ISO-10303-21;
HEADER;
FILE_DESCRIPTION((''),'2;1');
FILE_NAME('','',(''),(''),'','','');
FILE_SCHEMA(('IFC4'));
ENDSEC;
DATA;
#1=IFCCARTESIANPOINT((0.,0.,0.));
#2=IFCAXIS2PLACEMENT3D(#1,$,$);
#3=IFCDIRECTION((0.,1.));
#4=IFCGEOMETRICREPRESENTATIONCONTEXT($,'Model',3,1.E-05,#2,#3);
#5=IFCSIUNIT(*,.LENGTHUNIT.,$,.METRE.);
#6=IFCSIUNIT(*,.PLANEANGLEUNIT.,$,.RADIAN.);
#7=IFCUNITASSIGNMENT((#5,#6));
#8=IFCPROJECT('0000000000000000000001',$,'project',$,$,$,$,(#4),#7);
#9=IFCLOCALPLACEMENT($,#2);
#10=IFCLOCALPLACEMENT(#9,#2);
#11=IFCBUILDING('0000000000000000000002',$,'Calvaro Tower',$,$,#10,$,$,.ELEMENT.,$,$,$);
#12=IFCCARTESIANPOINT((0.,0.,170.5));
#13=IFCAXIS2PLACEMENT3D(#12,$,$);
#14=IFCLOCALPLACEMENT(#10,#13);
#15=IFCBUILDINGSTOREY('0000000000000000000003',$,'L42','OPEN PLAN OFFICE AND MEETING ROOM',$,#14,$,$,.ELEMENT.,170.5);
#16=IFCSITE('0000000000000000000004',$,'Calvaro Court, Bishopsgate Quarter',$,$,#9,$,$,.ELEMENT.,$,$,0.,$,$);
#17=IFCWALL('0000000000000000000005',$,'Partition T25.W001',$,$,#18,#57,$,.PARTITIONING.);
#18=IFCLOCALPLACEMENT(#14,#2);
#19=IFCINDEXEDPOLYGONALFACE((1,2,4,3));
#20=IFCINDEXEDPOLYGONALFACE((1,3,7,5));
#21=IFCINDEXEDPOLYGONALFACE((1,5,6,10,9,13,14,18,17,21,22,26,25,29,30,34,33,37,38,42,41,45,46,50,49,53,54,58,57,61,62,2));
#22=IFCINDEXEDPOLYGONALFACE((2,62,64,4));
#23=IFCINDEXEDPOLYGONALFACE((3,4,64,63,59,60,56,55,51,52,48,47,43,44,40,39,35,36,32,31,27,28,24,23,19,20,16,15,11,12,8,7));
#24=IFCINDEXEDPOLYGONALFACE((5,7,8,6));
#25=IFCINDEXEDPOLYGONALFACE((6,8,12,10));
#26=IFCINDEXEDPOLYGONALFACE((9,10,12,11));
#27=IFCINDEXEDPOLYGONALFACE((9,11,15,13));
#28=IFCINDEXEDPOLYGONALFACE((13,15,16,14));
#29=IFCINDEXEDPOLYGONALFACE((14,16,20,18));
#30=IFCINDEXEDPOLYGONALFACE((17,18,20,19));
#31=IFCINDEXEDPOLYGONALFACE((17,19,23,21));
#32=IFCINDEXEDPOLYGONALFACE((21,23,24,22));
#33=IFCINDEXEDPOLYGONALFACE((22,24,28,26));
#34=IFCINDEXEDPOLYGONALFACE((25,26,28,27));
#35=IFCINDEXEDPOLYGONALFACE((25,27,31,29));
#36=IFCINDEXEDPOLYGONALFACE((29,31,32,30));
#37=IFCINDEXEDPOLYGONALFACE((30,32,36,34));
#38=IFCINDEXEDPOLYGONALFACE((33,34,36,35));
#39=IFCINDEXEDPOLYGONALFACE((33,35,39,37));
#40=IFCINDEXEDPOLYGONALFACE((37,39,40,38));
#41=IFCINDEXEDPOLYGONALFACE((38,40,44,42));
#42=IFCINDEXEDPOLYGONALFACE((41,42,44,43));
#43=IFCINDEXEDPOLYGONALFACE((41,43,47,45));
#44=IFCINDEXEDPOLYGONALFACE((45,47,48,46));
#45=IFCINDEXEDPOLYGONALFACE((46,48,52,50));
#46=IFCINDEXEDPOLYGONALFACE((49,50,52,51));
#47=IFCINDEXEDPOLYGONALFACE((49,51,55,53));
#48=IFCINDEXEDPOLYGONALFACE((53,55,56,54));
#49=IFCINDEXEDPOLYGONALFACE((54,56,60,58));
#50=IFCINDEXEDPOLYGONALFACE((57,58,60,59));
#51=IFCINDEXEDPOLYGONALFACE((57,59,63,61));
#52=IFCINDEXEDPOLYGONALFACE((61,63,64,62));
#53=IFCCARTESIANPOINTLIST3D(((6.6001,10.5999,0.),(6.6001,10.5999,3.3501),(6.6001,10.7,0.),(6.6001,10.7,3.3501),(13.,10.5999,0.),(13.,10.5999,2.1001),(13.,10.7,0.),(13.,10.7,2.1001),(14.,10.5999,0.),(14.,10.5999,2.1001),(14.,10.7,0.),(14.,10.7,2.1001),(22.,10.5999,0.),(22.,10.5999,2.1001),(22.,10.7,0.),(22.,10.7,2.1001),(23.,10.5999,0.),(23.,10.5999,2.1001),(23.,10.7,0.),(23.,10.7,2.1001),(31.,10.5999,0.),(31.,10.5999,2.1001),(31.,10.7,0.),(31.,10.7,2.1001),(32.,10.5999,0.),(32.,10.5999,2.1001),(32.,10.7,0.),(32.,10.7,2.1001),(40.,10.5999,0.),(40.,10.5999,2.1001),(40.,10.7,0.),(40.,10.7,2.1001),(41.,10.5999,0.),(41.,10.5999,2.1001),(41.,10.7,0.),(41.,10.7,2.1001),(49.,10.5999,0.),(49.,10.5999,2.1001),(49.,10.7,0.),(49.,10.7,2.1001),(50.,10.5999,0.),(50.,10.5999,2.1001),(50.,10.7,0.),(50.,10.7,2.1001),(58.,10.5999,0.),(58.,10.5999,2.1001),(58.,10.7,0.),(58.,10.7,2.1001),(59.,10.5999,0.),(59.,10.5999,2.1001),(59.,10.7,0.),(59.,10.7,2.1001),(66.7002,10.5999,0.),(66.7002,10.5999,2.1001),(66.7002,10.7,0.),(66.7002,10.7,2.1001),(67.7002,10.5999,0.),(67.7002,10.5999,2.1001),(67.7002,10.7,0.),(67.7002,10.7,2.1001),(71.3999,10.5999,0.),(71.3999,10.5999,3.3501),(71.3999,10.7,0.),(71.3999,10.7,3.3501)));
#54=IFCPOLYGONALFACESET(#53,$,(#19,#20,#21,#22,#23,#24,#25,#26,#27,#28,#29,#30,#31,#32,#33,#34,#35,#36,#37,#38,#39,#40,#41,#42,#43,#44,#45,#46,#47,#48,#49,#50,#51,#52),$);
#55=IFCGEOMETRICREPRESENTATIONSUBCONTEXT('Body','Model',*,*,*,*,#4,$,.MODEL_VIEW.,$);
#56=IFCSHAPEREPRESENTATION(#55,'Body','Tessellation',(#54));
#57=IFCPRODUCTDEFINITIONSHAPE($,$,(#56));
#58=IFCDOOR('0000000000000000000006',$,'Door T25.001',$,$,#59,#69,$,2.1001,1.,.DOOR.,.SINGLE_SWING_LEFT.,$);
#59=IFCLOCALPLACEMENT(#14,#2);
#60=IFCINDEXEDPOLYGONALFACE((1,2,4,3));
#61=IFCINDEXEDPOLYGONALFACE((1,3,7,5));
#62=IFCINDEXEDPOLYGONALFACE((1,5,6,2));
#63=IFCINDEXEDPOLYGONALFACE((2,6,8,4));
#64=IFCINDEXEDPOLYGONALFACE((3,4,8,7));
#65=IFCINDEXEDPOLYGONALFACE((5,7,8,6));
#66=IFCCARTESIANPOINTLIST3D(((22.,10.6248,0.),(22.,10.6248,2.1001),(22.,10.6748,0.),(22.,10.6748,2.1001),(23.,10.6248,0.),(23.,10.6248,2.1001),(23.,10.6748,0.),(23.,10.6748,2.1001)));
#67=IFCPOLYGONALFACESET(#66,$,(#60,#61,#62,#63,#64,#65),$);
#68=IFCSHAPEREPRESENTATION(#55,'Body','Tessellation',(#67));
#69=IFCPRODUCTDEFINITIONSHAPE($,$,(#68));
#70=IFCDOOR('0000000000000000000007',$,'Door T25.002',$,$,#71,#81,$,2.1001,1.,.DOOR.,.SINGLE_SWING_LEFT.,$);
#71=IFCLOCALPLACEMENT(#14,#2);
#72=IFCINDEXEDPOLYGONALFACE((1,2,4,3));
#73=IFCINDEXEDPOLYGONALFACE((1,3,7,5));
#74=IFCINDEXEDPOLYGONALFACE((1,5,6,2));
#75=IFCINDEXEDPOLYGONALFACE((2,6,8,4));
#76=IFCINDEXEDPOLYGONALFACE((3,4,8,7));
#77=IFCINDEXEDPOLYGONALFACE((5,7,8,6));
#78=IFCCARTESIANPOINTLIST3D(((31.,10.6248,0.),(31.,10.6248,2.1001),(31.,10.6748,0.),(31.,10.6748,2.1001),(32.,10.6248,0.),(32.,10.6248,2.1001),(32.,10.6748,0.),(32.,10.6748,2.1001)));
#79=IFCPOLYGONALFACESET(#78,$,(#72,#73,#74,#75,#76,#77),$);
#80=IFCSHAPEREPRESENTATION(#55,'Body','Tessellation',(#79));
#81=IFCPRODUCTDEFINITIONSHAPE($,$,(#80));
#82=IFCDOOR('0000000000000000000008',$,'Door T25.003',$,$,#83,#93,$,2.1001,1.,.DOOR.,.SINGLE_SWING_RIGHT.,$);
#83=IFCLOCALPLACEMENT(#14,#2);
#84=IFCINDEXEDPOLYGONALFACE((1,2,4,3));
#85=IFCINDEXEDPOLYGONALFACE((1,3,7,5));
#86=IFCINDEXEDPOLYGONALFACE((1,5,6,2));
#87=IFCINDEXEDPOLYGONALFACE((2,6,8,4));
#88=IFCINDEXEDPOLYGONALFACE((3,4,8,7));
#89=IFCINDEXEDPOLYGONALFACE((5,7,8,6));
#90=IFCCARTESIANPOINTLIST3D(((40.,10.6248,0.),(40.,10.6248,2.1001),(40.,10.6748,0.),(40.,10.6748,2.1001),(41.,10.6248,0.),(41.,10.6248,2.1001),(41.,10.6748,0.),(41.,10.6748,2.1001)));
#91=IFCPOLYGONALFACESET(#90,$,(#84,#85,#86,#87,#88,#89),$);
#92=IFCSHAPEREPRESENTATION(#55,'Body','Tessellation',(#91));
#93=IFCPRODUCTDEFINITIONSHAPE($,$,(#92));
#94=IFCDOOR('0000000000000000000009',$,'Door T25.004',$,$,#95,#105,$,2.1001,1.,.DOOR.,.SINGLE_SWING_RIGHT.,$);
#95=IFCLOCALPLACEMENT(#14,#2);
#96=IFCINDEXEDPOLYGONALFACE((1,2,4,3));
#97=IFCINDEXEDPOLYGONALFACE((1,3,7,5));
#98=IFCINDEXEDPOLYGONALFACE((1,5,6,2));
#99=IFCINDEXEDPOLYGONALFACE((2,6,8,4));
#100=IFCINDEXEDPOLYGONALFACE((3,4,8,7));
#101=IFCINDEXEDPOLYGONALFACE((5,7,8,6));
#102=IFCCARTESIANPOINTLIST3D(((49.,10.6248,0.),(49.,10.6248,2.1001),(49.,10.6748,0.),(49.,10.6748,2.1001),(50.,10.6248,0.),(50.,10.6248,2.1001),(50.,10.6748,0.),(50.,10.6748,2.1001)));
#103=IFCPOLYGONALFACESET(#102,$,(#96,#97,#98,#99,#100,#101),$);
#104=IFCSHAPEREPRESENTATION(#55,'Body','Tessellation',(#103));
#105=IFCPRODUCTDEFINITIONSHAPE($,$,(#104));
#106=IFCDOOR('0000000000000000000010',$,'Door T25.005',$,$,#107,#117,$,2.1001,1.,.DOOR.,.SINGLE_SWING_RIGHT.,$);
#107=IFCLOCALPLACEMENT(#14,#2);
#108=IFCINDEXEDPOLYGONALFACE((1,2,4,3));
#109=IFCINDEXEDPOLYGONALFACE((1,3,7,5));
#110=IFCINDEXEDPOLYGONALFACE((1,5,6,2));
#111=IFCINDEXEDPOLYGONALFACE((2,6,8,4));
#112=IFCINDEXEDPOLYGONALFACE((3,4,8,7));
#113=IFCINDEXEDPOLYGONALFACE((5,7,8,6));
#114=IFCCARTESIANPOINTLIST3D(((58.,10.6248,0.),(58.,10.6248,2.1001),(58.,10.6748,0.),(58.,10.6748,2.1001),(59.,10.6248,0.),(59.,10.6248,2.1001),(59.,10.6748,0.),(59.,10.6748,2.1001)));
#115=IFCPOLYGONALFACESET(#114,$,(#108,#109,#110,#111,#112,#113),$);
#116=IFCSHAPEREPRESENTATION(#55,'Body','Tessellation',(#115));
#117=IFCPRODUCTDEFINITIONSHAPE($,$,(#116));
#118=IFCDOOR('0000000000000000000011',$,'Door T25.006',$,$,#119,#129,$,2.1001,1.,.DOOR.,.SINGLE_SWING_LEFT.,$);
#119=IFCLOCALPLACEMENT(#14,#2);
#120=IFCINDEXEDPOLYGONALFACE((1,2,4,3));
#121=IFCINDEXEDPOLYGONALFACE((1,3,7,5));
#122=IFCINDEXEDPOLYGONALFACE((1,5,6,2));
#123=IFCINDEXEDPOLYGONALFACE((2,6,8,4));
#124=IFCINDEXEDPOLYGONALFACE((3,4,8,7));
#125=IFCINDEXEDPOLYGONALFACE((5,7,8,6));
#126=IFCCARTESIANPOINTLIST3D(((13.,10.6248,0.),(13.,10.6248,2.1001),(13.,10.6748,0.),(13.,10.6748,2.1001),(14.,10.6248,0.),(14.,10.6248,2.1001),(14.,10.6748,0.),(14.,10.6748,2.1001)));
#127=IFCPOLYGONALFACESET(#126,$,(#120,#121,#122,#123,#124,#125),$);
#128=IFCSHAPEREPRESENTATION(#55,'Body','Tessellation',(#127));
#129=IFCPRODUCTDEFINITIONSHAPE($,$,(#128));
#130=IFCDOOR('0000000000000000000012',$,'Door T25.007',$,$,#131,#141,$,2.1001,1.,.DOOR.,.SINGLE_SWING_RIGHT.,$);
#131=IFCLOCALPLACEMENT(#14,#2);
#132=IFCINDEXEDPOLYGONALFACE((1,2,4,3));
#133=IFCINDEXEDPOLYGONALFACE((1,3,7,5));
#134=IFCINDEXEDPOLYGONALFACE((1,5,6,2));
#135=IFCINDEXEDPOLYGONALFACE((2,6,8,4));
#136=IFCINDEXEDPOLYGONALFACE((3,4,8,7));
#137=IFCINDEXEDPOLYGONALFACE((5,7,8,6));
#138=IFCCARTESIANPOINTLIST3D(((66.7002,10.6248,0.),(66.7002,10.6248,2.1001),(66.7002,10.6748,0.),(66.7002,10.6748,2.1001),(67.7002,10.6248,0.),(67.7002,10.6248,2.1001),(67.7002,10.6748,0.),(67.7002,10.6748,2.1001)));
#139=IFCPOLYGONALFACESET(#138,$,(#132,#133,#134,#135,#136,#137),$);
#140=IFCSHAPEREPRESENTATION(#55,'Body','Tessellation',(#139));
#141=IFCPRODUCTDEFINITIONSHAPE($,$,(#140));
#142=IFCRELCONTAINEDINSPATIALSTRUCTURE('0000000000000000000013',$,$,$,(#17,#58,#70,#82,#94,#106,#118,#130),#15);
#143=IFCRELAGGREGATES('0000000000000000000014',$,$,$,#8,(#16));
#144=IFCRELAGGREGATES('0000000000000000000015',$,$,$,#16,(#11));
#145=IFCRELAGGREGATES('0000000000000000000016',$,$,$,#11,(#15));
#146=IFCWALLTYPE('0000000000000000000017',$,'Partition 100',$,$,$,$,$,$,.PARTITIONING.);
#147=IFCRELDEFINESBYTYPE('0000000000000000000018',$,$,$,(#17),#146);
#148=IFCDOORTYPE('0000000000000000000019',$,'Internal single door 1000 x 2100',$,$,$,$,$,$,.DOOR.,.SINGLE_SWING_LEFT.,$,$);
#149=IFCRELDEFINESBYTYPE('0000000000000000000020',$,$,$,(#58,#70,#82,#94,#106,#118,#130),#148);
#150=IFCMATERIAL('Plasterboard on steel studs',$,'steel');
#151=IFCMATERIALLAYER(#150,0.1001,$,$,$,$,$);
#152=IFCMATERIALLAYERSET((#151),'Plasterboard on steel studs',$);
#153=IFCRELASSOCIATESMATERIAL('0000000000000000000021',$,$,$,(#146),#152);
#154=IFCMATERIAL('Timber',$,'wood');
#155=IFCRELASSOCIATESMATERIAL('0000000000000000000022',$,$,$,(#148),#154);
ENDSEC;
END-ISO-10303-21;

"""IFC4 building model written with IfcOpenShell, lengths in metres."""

from ifc_helpers import new_model, si_unit, direction, frame, frame_2d, origin, place, context, subcontext, project, spatial, rectangle, extrude, material, layer, layer_set, type_object, element, fill, save


model = new_model("IFC4")

# Units and contexts
model_context = context("Model", 3, precision=1e-05, world=origin(), true_north=direction((0.0, 1.0)))
body_context = subcontext(model_context, "Body", "Model", "MODEL_VIEW")
ifc_project = project(units=[si_unit("LENGTHUNIT", "METRE"), si_unit("PLANEANGLEUNIT", "RADIAN")], contexts=[model_context])

# Site, building, storey
site_placement = place(None, origin())
site = spatial("IfcSite", under=ifc_project, at=site_placement, Name="Calvaro Court, Bishopsgate Quarter", CompositionType="ELEMENT", RefElevation=0.0)
building_placement = place(site_placement, origin())
building = spatial("IfcBuilding", under=site, at=building_placement, Name="Calvaro Tower", CompositionType="ELEMENT")
storey_placement = place(building_placement, frame((0.0, 0.0, 170.5)))
storey = spatial("IfcBuildingStorey", under=building, at=storey_placement, Name="L42", Description="OPEN PLAN OFFICE AND MEETING ROOM", CompositionType="ELEMENT", Elevation=170.5)

# Wall, openings, doors
ifc_material_1 = material(Name="Plasterboard on steel studs", Category="steel")
ifc_layer_1 = layer(ifc_material_1, 0.1001)
ifc_layer_set_1 = layer_set([ifc_layer_1], Name="Plasterboard on steel studs")
wall_type_1 = type_object("IfcWallType", Name="Partition 100", PredefinedType="PARTITIONING", material=ifc_layer_set_1)
wall_1_placement = place(storey_placement, frame((6.6001, 10.6499, 0.0), z_axis=(0.0, 0.0, 1.0), x_axis=(1.0, 0.0, 0.0)))
wall_1 = element("IfcWall", 1, at=wall_1_placement, inside=storey, type_object=wall_type_1, Name="Partition T25.W001", PredefinedType="PARTITIONING", context=body_context, shape_type="SweptSolid", body=[
    extrude(rectangle(XDim=64.7998, YDim=0.1001, at=frame_2d((32.3999, 0.0))), origin(), (0.0, 0.0, 1.0), 3.3501),
])
opening_1_placement = place(wall_1_placement, frame((15.3999, 0.0, 0.0)))
opening_1 = element("IfcOpeningElement", 2, at=opening_1_placement, cuts=wall_1, PredefinedType="OPENING", context=body_context, shape_type="SweptSolid", body=[
    extrude(rectangle(XDim=1.0, YDim=2.1001, at=frame_2d((0.5, 1.05))), frame((0.0, 0.0601, 0.0), z_axis=(0.0, -1.0, 0.0), x_axis=(1.0, 0.0, 0.0)), (0.0, 0.0, 1.0), 0.1201),
])
opening_2_placement = place(wall_1_placement, frame((24.3999, 0.0, 0.0)))
opening_2 = element("IfcOpeningElement", 3, at=opening_2_placement, cuts=wall_1, PredefinedType="OPENING", context=body_context, shape_type="SweptSolid", body=[
    extrude(rectangle(XDim=1.0, YDim=2.1001, at=frame_2d((0.5, 1.05))), frame((0.0, 0.0601, 0.0), z_axis=(0.0, -1.0, 0.0), x_axis=(1.0, 0.0, 0.0)), (0.0, 0.0, 1.0), 0.1201),
])
opening_3_placement = place(wall_1_placement, frame((33.3999, 0.0, 0.0)))
opening_3 = element("IfcOpeningElement", 4, at=opening_3_placement, cuts=wall_1, PredefinedType="OPENING", context=body_context, shape_type="SweptSolid", body=[
    extrude(rectangle(XDim=1.0, YDim=2.1001, at=frame_2d((0.5, 1.05))), frame((0.0, 0.0601, 0.0), z_axis=(0.0, -1.0, 0.0), x_axis=(1.0, 0.0, 0.0)), (0.0, 0.0, 1.0), 0.1201),
])
opening_4_placement = place(wall_1_placement, frame((42.3999, 0.0, 0.0)))
opening_4 = element("IfcOpeningElement", 5, at=opening_4_placement, cuts=wall_1, PredefinedType="OPENING", context=body_context, shape_type="SweptSolid", body=[
    extrude(rectangle(XDim=1.0, YDim=2.1001, at=frame_2d((0.5, 1.05))), frame((0.0, 0.0601, 0.0), z_axis=(0.0, -1.0, 0.0), x_axis=(1.0, 0.0, 0.0)), (0.0, 0.0, 1.0), 0.1201),
])
opening_5_placement = place(wall_1_placement, frame((51.3999, 0.0, 0.0)))
opening_5 = element("IfcOpeningElement", 6, at=opening_5_placement, cuts=wall_1, PredefinedType="OPENING", context=body_context, shape_type="SweptSolid", body=[
    extrude(rectangle(XDim=1.0, YDim=2.1001, at=frame_2d((0.5, 1.05))), frame((0.0, 0.0601, 0.0), z_axis=(0.0, -1.0, 0.0), x_axis=(1.0, 0.0, 0.0)), (0.0, 0.0, 1.0), 0.1201),
])
opening_6_placement = place(wall_1_placement, frame((6.3999, 0.0, 0.0)))
opening_6 = element("IfcOpeningElement", 7, at=opening_6_placement, cuts=wall_1, PredefinedType="OPENING", context=body_context, shape_type="SweptSolid", body=[
    extrude(rectangle(XDim=1.0, YDim=2.1001, at=frame_2d((0.5, 1.05))), frame((0.0, 0.0601, 0.0), z_axis=(0.0, -1.0, 0.0), x_axis=(1.0, 0.0, 0.0)), (0.0, 0.0, 1.0), 0.1201),
])
opening_7_placement = place(wall_1_placement, frame((60.1001, 0.0, 0.0)))
opening_7 = element("IfcOpeningElement", 8, at=opening_7_placement, cuts=wall_1, PredefinedType="OPENING", context=body_context, shape_type="SweptSolid", body=[
    extrude(rectangle(XDim=1.0, YDim=2.1001, at=frame_2d((0.5, 1.05))), frame((0.0, 0.0601, 0.0), z_axis=(0.0, -1.0, 0.0), x_axis=(1.0, 0.0, 0.0)), (0.0, 0.0, 1.0), 0.1201),
])
ifc_material_2 = material(Name="Timber", Category="wood")
door_type_1 = type_object("IfcDoorType", Name="Internal single door 1000 x 2100", OperationType="SINGLE_SWING_LEFT", PredefinedType="DOOR", material=ifc_material_2)
door_1_placement = place(opening_1_placement, origin())
door_1 = element("IfcDoor", 9, at=door_1_placement, inside=storey, type_object=door_type_1, Name="Door T25.001", OperationType="SINGLE_SWING_LEFT", OverallHeight=2.1001, OverallWidth=1.0, PredefinedType="DOOR", context=body_context, shape_type="SweptSolid", body=[
    extrude(rectangle(XDim=1.0, YDim=2.1001, at=frame_2d((0.5, 1.05))), frame((0.0, 0.0249, 0.0), z_axis=(0.0, -1.0, 0.0), x_axis=(1.0, 0.0, 0.0)), (0.0, 0.0, 1.0), 0.05),
])
fill(opening_1, door_1)
door_2_placement = place(opening_2_placement, origin())
door_2 = element("IfcDoor", 10, at=door_2_placement, inside=storey, type_object=door_type_1, Name="Door T25.002", OperationType="SINGLE_SWING_LEFT", OverallHeight=2.1001, OverallWidth=1.0, PredefinedType="DOOR", context=body_context, shape_type="SweptSolid", body=[
    extrude(rectangle(XDim=1.0, YDim=2.1001, at=frame_2d((0.5, 1.05))), frame((0.0, 0.0249, 0.0), z_axis=(0.0, -1.0, 0.0), x_axis=(1.0, 0.0, 0.0)), (0.0, 0.0, 1.0), 0.05),
])
fill(opening_2, door_2)
door_3_placement = place(opening_3_placement, origin())
door_3 = element("IfcDoor", 11, at=door_3_placement, inside=storey, type_object=door_type_1, Name="Door T25.003", OperationType="SINGLE_SWING_RIGHT", OverallHeight=2.1001, OverallWidth=1.0, PredefinedType="DOOR", context=body_context, shape_type="SweptSolid", body=[
    extrude(rectangle(XDim=1.0, YDim=2.1001, at=frame_2d((0.5, 1.05))), frame((0.0, 0.0249, 0.0), z_axis=(0.0, -1.0, 0.0), x_axis=(1.0, 0.0, 0.0)), (0.0, 0.0, 1.0), 0.05),
])
fill(opening_3, door_3)
door_4_placement = place(opening_4_placement, origin())
door_4 = element("IfcDoor", 12, at=door_4_placement, inside=storey, type_object=door_type_1, Name="Door T25.004", OperationType="SINGLE_SWING_RIGHT", OverallHeight=2.1001, OverallWidth=1.0, PredefinedType="DOOR", context=body_context, shape_type="SweptSolid", body=[
    extrude(rectangle(XDim=1.0, YDim=2.1001, at=frame_2d((0.5, 1.05))), frame((0.0, 0.0249, 0.0), z_axis=(0.0, -1.0, 0.0), x_axis=(1.0, 0.0, 0.0)), (0.0, 0.0, 1.0), 0.05),
])
fill(opening_4, door_4)
door_5_placement = place(opening_5_placement, origin())
door_5 = element("IfcDoor", 13, at=door_5_placement, inside=storey, type_object=door_type_1, Name="Door T25.005", OperationType="SINGLE_SWING_RIGHT", OverallHeight=2.1001, OverallWidth=1.0, PredefinedType="DOOR", context=body_context, shape_type="SweptSolid", body=[
    extrude(rectangle(XDim=1.0, YDim=2.1001, at=frame_2d((0.5, 1.05))), frame((0.0, 0.0249, 0.0), z_axis=(0.0, -1.0, 0.0), x_axis=(1.0, 0.0, 0.0)), (0.0, 0.0, 1.0), 0.05),
])
fill(opening_5, door_5)
door_6_placement = place(opening_6_placement, origin())
door_6 = element("IfcDoor", 14, at=door_6_placement, inside=storey, type_object=door_type_1, Name="Door T25.006", OperationType="SINGLE_SWING_LEFT", OverallHeight=2.1001, OverallWidth=1.0, PredefinedType="DOOR", context=body_context, shape_type="SweptSolid", body=[
    extrude(rectangle(XDim=1.0, YDim=2.1001, at=frame_2d((0.5, 1.05))), frame((0.0, 0.0249, 0.0), z_axis=(0.0, -1.0, 0.0), x_axis=(1.0, 0.0, 0.0)), (0.0, 0.0, 1.0), 0.05),
])
fill(opening_6, door_6)
door_7_placement = place(opening_7_placement, origin())
door_7 = element("IfcDoor", 15, at=door_7_placement, inside=storey, type_object=door_type_1, Name="Door T25.007", OperationType="SINGLE_SWING_RIGHT", OverallHeight=2.1001, OverallWidth=1.0, PredefinedType="DOOR", context=body_context, shape_type="SweptSolid", body=[
    extrude(rectangle(XDim=1.0, YDim=2.1001, at=frame_2d((0.5, 1.05))), frame((0.0, 0.0249, 0.0), z_axis=(0.0, -1.0, 0.0), x_axis=(1.0, 0.0, 0.0)), (0.0, 0.0, 1.0), 0.05),
])
fill(opening_7, door_7)

save(model, "model.ifc")
